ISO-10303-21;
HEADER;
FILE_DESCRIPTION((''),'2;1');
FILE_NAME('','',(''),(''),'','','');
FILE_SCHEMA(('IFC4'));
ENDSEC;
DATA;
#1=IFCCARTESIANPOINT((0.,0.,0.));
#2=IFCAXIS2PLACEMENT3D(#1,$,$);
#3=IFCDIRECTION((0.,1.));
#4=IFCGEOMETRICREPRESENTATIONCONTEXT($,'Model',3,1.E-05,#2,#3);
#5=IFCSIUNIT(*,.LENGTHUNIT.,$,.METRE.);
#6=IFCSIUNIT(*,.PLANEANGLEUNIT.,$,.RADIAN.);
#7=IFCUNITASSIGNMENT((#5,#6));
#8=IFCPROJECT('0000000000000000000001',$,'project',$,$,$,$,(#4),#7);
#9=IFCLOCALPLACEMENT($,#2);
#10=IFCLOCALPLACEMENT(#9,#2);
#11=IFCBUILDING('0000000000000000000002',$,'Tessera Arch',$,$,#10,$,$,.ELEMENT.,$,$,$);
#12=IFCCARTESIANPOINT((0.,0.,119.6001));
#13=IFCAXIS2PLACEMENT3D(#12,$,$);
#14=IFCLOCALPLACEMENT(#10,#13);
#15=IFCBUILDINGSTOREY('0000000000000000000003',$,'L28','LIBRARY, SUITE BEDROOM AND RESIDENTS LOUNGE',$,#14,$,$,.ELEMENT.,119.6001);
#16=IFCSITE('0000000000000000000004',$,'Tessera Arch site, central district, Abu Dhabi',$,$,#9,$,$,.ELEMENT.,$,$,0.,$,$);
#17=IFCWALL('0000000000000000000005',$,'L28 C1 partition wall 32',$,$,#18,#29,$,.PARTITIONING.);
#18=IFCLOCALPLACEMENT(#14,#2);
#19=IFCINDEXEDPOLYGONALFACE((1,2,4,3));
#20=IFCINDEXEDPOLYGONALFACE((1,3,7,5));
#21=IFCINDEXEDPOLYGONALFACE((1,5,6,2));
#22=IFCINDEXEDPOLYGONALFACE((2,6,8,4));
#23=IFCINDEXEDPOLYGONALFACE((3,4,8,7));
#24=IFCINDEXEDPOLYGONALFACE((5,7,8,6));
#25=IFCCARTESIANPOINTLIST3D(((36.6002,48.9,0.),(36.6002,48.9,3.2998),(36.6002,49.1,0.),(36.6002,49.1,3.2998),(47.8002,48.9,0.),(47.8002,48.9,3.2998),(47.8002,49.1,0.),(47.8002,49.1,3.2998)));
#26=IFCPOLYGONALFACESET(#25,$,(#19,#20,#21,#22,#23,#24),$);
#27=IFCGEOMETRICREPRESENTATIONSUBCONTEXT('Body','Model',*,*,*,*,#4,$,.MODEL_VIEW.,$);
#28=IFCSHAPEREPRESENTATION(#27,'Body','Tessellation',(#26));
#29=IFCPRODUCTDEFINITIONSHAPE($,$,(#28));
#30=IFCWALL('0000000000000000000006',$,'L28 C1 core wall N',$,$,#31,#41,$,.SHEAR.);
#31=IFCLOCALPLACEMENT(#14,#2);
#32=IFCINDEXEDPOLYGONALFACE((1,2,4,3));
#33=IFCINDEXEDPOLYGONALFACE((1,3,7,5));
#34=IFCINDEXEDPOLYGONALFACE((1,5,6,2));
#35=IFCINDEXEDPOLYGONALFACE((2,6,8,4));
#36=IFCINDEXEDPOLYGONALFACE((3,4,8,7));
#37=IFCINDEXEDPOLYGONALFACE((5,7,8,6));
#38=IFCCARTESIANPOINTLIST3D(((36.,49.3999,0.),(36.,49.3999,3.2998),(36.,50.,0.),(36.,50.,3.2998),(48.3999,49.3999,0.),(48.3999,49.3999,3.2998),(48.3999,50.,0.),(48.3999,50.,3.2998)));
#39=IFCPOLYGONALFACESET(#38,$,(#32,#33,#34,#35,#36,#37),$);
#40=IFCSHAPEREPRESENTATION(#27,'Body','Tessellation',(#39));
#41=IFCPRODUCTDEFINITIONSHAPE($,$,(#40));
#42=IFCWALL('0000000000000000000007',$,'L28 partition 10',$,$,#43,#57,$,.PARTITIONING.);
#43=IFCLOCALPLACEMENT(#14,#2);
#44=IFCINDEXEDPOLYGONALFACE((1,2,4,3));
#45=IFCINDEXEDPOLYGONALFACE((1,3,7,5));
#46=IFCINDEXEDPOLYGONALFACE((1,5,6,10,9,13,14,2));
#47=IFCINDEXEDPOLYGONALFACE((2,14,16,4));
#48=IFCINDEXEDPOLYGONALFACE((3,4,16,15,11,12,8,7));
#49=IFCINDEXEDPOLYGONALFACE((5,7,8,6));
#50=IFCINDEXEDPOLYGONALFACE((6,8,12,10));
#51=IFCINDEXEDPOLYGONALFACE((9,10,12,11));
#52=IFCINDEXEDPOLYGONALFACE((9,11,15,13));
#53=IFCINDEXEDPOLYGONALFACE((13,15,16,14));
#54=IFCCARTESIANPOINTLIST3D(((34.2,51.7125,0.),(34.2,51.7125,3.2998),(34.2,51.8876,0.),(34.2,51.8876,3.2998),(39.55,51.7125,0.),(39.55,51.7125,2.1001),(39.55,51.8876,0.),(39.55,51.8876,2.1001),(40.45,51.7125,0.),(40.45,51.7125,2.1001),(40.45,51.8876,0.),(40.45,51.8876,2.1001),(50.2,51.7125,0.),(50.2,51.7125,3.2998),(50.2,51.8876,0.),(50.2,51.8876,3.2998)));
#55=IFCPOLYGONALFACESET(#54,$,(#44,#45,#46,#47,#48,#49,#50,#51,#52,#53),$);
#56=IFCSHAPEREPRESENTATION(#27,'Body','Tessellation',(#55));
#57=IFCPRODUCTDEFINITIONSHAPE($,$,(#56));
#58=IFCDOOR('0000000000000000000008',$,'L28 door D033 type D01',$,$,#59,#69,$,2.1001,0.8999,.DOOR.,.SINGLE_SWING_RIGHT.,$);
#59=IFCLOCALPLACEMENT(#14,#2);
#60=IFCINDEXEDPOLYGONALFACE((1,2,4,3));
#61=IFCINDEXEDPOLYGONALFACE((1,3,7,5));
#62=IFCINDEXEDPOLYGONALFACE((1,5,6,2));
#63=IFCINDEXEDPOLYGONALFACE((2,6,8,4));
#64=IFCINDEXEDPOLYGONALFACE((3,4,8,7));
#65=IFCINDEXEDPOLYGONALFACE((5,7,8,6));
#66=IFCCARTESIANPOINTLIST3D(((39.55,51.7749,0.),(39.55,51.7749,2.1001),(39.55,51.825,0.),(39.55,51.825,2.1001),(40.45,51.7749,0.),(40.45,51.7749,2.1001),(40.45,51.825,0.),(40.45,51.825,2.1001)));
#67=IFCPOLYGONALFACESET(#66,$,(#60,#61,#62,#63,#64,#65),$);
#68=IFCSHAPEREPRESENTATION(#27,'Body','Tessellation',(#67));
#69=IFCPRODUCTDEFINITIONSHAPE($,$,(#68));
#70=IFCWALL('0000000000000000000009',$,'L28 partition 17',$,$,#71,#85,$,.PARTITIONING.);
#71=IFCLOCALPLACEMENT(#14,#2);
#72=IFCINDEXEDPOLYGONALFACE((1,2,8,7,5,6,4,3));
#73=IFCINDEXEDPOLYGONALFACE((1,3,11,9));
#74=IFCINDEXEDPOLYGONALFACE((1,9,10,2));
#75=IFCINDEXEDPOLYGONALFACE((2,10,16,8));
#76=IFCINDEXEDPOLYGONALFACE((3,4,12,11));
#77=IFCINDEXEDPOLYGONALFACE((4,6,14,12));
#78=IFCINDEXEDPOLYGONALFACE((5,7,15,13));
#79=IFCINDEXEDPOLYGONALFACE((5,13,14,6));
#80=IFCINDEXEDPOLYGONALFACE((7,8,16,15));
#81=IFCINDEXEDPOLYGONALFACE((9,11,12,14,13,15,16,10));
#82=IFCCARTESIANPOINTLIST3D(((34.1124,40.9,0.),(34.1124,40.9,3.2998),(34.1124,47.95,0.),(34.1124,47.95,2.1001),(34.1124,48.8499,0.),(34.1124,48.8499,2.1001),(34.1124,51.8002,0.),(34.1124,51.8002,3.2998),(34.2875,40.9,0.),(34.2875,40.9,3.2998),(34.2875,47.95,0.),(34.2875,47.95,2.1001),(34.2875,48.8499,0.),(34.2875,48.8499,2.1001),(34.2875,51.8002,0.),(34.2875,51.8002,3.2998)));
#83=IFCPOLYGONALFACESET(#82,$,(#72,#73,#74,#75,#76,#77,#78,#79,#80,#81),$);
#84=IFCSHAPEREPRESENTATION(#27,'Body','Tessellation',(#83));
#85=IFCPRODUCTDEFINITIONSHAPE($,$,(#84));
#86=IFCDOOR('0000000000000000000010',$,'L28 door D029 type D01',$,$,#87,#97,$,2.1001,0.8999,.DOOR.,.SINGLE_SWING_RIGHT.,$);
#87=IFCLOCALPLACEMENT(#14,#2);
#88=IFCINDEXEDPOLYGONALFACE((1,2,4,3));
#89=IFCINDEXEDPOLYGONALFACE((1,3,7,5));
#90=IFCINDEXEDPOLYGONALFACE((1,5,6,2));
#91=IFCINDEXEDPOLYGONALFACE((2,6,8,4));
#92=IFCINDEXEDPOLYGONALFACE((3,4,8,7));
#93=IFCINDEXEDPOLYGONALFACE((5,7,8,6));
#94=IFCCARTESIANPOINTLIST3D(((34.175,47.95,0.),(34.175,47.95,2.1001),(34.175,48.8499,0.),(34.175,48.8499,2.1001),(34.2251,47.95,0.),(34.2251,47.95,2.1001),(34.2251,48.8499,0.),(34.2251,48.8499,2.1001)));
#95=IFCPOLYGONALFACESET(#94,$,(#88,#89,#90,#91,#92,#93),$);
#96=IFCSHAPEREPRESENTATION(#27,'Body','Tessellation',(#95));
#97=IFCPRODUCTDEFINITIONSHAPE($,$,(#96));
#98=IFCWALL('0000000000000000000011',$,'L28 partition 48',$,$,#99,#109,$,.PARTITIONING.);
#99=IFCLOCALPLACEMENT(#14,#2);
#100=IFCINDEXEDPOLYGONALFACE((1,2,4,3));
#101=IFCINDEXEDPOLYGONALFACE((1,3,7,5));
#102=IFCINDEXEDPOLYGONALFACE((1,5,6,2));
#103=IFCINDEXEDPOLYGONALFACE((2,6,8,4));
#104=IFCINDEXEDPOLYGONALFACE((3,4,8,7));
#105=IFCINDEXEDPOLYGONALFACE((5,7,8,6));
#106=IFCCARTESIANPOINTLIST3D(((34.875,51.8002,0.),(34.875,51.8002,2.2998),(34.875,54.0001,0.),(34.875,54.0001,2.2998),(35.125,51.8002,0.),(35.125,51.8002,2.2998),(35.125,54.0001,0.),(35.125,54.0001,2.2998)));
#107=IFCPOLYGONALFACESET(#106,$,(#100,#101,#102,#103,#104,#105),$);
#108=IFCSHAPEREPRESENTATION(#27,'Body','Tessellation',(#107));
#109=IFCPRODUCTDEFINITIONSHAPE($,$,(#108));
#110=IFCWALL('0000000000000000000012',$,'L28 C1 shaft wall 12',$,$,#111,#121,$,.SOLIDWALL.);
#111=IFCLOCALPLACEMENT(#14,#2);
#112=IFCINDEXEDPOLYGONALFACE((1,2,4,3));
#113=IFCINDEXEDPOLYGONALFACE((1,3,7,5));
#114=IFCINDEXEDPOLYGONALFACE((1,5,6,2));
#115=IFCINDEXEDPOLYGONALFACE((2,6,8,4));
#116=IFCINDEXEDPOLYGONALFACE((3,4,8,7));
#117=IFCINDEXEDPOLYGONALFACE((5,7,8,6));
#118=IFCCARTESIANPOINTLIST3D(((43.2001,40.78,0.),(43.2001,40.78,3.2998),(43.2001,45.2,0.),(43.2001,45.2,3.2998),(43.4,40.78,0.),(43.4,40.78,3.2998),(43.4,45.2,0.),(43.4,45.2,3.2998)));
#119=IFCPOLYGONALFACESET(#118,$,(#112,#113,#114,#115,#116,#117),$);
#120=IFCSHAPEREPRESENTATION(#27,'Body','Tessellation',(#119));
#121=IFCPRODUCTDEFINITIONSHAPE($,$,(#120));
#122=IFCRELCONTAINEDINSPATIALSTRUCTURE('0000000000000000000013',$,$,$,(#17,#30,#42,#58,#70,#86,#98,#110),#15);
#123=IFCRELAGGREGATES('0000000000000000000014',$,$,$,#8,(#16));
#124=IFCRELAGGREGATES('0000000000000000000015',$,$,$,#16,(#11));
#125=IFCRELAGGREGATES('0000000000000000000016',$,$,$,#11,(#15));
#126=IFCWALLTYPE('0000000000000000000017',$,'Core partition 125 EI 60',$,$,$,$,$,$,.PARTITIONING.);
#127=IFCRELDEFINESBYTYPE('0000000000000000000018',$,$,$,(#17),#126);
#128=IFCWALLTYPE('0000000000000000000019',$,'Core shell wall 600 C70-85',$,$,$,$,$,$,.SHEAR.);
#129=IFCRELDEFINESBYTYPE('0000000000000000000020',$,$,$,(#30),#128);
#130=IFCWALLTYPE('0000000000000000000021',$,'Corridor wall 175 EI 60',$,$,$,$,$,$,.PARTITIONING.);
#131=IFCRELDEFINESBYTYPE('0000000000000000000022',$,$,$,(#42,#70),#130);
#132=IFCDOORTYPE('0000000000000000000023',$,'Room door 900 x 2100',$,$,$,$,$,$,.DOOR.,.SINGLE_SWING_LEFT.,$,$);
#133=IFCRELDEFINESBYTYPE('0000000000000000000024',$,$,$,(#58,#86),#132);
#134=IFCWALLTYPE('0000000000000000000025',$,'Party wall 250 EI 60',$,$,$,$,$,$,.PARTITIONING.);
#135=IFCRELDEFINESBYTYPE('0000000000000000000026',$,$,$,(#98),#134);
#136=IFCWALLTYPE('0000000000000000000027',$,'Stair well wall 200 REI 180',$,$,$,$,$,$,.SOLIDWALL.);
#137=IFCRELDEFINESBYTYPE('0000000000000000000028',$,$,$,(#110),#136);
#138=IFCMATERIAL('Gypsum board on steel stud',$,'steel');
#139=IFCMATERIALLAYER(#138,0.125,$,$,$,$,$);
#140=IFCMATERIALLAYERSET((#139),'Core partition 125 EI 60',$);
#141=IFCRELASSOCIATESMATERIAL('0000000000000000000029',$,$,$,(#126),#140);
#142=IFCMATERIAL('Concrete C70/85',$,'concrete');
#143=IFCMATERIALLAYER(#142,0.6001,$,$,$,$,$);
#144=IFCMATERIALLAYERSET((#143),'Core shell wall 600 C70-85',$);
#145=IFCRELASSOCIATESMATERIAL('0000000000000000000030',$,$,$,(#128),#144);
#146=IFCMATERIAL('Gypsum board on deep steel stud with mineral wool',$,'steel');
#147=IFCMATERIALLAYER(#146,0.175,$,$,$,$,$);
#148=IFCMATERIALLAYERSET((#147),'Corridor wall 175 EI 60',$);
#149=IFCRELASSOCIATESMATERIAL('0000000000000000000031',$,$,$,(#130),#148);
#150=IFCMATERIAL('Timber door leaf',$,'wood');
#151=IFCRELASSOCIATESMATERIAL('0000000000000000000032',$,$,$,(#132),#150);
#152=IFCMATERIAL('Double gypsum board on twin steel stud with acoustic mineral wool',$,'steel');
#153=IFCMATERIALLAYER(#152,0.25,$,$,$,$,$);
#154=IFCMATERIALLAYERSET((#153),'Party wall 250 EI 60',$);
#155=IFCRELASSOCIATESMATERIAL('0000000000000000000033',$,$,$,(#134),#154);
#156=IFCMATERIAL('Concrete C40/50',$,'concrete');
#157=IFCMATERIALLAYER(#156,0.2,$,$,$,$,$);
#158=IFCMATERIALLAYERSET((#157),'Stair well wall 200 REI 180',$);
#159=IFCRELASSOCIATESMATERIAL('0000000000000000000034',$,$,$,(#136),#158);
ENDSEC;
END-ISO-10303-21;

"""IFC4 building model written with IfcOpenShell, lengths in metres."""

from ifc_helpers import new_model, si_unit, direction, frame, frame_2d, origin, place, context, subcontext, project, spatial, rectangle, extrude, material, layer, layer_set, type_object, element, fill, save


model = new_model("IFC4")

# Units and contexts
model_context = context("Model", 3, precision=1e-05, world=origin(), true_north=direction((0.0, 1.0)))
body_context = subcontext(model_context, "Body", "Model", "MODEL_VIEW")
ifc_project = project(units=[si_unit("LENGTHUNIT", "METRE"), si_unit("PLANEANGLEUNIT", "RADIAN")], contexts=[model_context])

# Site, building, storey
site_placement = place(None, origin())
site = spatial("IfcSite", under=ifc_project, at=site_placement, Name="Tessera Arch site, central district, Abu Dhabi", CompositionType="ELEMENT", RefElevation=0.0)
building_placement = place(site_placement, origin())
building = spatial("IfcBuilding", under=site, at=building_placement, Name="Tessera Arch", CompositionType="ELEMENT")
storey_placement = place(building_placement, frame((0.0, 0.0, 119.6001)))
storey = spatial("IfcBuildingStorey", under=building, at=storey_placement, Name="L28", Description="LIBRARY, SUITE BEDROOM AND RESIDENTS LOUNGE", CompositionType="ELEMENT", Elevation=119.6001)

# Shared definitions
ifc_material_1 = material(Name="Gypsum board on steel stud", Category="steel")
ifc_layer_1 = layer(ifc_material_1, 0.125)
ifc_layer_set_1 = layer_set([ifc_layer_1], Name="Core partition 125 EI 60")
wall_type_1 = type_object("IfcWallType", Name="Core partition 125 EI 60", PredefinedType="PARTITIONING", material=ifc_layer_set_1)

# Walls
wall_1_placement = place(storey_placement, frame((36.6001, 49.0, 0.0), z_axis=(0.0, 0.0, 1.0), x_axis=(1.0, 0.0, 0.0)))
element("IfcWall", 1, at=wall_1_placement, inside=storey, type_object=wall_type_1, Name="L28 C1 partition wall 32", PredefinedType="PARTITIONING", context=body_context, shape_type="SweptSolid", body=[
    extrude(rectangle(XDim=11.2, YDim=0.2, at=frame_2d((5.6001, 0.0))), origin(), (0.0, 0.0, 1.0), 3.2998),
])
ifc_material_2 = material(Name="Concrete C70/85", Category="concrete")
ifc_layer_2 = layer(ifc_material_2, 0.6001)
ifc_layer_set_2 = layer_set([ifc_layer_2], Name="Core shell wall 600 C70-85")
wall_type_2 = type_object("IfcWallType", Name="Core shell wall 600 C70-85", PredefinedType="SHEAR", material=ifc_layer_set_2)
wall_2_placement = place(storey_placement, frame((36.0, 49.7, 0.0), z_axis=(0.0, 0.0, 1.0), x_axis=(1.0, 0.0, 0.0)))
element("IfcWall", 2, at=wall_2_placement, inside=storey, type_object=wall_type_2, Name="L28 C1 core wall N", PredefinedType="SHEAR", context=body_context, shape_type="SweptSolid", body=[
    extrude(rectangle(XDim=12.3999, YDim=0.6001, at=frame_2d((6.2, 0.0))), origin(), (0.0, 0.0, 1.0), 3.2998),
])

# Walls, openings, doors
ifc_material_3 = material(Name="Gypsum board on deep steel stud with mineral wool", Category="steel")
ifc_layer_3 = layer(ifc_material_3, 0.175)
ifc_layer_set_3 = layer_set([ifc_layer_3], Name="Corridor wall 175 EI 60")
wall_type_3 = type_object("IfcWallType", Name="Corridor wall 175 EI 60", PredefinedType="PARTITIONING", material=ifc_layer_set_3)
wall_3_placement = place(storey_placement, frame((34.2, 51.8, 0.0), z_axis=(0.0, 0.0, 1.0), x_axis=(1.0, 0.0, 0.0)))
wall_3 = element("IfcWall", 3, at=wall_3_placement, inside=storey, type_object=wall_type_3, Name="L28 partition 10", PredefinedType="PARTITIONING", context=body_context, shape_type="SweptSolid", body=[
    extrude(rectangle(XDim=16.0, YDim=0.175, at=frame_2d((8.0, 0.0))), origin(), (0.0, 0.0, 1.0), 3.2998),
])
opening_1_placement = place(wall_3_placement, frame((5.3501, 0.0, 0.0)))
opening_1 = element("IfcOpeningElement", 4, at=opening_1_placement, cuts=wall_3, PredefinedType="OPENING", context=body_context, shape_type="SweptSolid", body=[
    extrude(rectangle(XDim=0.8999, YDim=2.1001, at=frame_2d((0.45, 1.05))), frame((0.0, 0.0974, 0.0), z_axis=(0.0, -1.0, 0.0), x_axis=(1.0, 0.0, 0.0)), (0.0, 0.0, 1.0), 0.1951),
])
ifc_material_4 = material(Name="Timber door leaf", Category="wood")
door_type_1 = type_object("IfcDoorType", Name="Room door 900 x 2100", OperationType="SINGLE_SWING_LEFT", PredefinedType="DOOR", material=ifc_material_4)
door_1_placement = place(opening_1_placement, origin())
door_1 = element("IfcDoor", 5, at=door_1_placement, inside=storey, type_object=door_type_1, Name="L28 door D033 type D01", OperationType="SINGLE_SWING_RIGHT", OverallHeight=2.1001, OverallWidth=0.8999, PredefinedType="DOOR", context=body_context, shape_type="SweptSolid", body=[
    extrude(rectangle(XDim=0.8999, YDim=2.1001, at=frame_2d((0.45, 1.05))), frame((0.0, 0.0249, 0.0), z_axis=(0.0, -1.0, 0.0), x_axis=(1.0, 0.0, 0.0)), (0.0, 0.0, 1.0), 0.05),
])
fill(opening_1, door_1)
wall_4_placement = place(storey_placement, frame((34.2, 40.8999, 0.0), z_axis=(0.0, 0.0, 1.0), x_axis=(0.0, 1.0, 0.0)))
wall_4 = element("IfcWall", 6, at=wall_4_placement, inside=storey, type_object=wall_type_3, Name="L28 partition 17", PredefinedType="PARTITIONING", context=body_context, shape_type="SweptSolid", body=[
    extrude(rectangle(XDim=10.9001, YDim=0.175, at=frame_2d((5.4502, 0.0))), origin(), (0.0, 0.0, 1.0), 3.2998),
])
opening_2_placement = place(wall_4_placement, frame((7.05, 0.0, 0.0)))
opening_2 = element("IfcOpeningElement", 7, at=opening_2_placement, cuts=wall_4, PredefinedType="OPENING", context=body_context, shape_type="SweptSolid", body=[
    extrude(rectangle(XDim=0.8999, YDim=2.1001, at=frame_2d((0.45, 1.05))), frame((0.0, 0.0974, 0.0), z_axis=(0.0, -1.0, 0.0), x_axis=(1.0, 0.0, 0.0)), (0.0, 0.0, 1.0), 0.1951),
])
door_2_placement = place(opening_2_placement, origin())
door_2 = element("IfcDoor", 8, at=door_2_placement, inside=storey, type_object=door_type_1, Name="L28 door D029 type D01", OperationType="SINGLE_SWING_RIGHT", OverallHeight=2.1001, OverallWidth=0.8999, PredefinedType="DOOR", context=body_context, shape_type="SweptSolid", body=[
    extrude(rectangle(XDim=0.8999, YDim=2.1001, at=frame_2d((0.45, 1.05))), frame((0.0, 0.0249, 0.0), z_axis=(0.0, -1.0, 0.0), x_axis=(1.0, 0.0, 0.0)), (0.0, 0.0, 1.0), 0.05),
])
fill(opening_2, door_2)

# Walls
ifc_material_5 = material(Name="Double gypsum board on twin steel stud with acoustic mineral wool", Category="steel")
ifc_layer_4 = layer(ifc_material_5, 0.25)
ifc_layer_set_4 = layer_set([ifc_layer_4], Name="Party wall 250 EI 60")
wall_type_4 = type_object("IfcWallType", Name="Party wall 250 EI 60", PredefinedType="PARTITIONING", material=ifc_layer_set_4)
wall_5_placement = place(storey_placement, frame((35.0, 51.8, 0.0), z_axis=(0.0, 0.0, 1.0), x_axis=(0.0, 1.0, 0.0)))
element("IfcWall", 9, at=wall_5_placement, inside=storey, type_object=wall_type_4, Name="L28 partition 48", PredefinedType="PARTITIONING", context=body_context, shape_type="SweptSolid", body=[
    extrude(rectangle(XDim=2.2, YDim=0.25, at=frame_2d((1.1001, 0.0))), origin(), (0.0, 0.0, 1.0), 2.2998),
])
ifc_material_6 = material(Name="Concrete C40/50", Category="concrete")
ifc_layer_5 = layer(ifc_material_6, 0.2)
ifc_layer_set_5 = layer_set([ifc_layer_5], Name="Stair well wall 200 REI 180")
wall_type_5 = type_object("IfcWallType", Name="Stair well wall 200 REI 180", PredefinedType="SOLIDWALL", material=ifc_layer_set_5)
wall_6_placement = place(storey_placement, frame((43.3, 40.78, 0.0), z_axis=(0.0, 0.0, 1.0), x_axis=(0.0, 1.0, 0.0)))
element("IfcWall", 10, at=wall_6_placement, inside=storey, type_object=wall_type_5, Name="L28 C1 shaft wall 12", PredefinedType="SOLIDWALL", context=body_context, shape_type="SweptSolid", body=[
    extrude(rectangle(XDim=4.4199, YDim=0.2, at=frame_2d((2.21, 0.0))), origin(), (0.0, 0.0, 1.0), 3.2998),
])

save(model, "model.ifc")
